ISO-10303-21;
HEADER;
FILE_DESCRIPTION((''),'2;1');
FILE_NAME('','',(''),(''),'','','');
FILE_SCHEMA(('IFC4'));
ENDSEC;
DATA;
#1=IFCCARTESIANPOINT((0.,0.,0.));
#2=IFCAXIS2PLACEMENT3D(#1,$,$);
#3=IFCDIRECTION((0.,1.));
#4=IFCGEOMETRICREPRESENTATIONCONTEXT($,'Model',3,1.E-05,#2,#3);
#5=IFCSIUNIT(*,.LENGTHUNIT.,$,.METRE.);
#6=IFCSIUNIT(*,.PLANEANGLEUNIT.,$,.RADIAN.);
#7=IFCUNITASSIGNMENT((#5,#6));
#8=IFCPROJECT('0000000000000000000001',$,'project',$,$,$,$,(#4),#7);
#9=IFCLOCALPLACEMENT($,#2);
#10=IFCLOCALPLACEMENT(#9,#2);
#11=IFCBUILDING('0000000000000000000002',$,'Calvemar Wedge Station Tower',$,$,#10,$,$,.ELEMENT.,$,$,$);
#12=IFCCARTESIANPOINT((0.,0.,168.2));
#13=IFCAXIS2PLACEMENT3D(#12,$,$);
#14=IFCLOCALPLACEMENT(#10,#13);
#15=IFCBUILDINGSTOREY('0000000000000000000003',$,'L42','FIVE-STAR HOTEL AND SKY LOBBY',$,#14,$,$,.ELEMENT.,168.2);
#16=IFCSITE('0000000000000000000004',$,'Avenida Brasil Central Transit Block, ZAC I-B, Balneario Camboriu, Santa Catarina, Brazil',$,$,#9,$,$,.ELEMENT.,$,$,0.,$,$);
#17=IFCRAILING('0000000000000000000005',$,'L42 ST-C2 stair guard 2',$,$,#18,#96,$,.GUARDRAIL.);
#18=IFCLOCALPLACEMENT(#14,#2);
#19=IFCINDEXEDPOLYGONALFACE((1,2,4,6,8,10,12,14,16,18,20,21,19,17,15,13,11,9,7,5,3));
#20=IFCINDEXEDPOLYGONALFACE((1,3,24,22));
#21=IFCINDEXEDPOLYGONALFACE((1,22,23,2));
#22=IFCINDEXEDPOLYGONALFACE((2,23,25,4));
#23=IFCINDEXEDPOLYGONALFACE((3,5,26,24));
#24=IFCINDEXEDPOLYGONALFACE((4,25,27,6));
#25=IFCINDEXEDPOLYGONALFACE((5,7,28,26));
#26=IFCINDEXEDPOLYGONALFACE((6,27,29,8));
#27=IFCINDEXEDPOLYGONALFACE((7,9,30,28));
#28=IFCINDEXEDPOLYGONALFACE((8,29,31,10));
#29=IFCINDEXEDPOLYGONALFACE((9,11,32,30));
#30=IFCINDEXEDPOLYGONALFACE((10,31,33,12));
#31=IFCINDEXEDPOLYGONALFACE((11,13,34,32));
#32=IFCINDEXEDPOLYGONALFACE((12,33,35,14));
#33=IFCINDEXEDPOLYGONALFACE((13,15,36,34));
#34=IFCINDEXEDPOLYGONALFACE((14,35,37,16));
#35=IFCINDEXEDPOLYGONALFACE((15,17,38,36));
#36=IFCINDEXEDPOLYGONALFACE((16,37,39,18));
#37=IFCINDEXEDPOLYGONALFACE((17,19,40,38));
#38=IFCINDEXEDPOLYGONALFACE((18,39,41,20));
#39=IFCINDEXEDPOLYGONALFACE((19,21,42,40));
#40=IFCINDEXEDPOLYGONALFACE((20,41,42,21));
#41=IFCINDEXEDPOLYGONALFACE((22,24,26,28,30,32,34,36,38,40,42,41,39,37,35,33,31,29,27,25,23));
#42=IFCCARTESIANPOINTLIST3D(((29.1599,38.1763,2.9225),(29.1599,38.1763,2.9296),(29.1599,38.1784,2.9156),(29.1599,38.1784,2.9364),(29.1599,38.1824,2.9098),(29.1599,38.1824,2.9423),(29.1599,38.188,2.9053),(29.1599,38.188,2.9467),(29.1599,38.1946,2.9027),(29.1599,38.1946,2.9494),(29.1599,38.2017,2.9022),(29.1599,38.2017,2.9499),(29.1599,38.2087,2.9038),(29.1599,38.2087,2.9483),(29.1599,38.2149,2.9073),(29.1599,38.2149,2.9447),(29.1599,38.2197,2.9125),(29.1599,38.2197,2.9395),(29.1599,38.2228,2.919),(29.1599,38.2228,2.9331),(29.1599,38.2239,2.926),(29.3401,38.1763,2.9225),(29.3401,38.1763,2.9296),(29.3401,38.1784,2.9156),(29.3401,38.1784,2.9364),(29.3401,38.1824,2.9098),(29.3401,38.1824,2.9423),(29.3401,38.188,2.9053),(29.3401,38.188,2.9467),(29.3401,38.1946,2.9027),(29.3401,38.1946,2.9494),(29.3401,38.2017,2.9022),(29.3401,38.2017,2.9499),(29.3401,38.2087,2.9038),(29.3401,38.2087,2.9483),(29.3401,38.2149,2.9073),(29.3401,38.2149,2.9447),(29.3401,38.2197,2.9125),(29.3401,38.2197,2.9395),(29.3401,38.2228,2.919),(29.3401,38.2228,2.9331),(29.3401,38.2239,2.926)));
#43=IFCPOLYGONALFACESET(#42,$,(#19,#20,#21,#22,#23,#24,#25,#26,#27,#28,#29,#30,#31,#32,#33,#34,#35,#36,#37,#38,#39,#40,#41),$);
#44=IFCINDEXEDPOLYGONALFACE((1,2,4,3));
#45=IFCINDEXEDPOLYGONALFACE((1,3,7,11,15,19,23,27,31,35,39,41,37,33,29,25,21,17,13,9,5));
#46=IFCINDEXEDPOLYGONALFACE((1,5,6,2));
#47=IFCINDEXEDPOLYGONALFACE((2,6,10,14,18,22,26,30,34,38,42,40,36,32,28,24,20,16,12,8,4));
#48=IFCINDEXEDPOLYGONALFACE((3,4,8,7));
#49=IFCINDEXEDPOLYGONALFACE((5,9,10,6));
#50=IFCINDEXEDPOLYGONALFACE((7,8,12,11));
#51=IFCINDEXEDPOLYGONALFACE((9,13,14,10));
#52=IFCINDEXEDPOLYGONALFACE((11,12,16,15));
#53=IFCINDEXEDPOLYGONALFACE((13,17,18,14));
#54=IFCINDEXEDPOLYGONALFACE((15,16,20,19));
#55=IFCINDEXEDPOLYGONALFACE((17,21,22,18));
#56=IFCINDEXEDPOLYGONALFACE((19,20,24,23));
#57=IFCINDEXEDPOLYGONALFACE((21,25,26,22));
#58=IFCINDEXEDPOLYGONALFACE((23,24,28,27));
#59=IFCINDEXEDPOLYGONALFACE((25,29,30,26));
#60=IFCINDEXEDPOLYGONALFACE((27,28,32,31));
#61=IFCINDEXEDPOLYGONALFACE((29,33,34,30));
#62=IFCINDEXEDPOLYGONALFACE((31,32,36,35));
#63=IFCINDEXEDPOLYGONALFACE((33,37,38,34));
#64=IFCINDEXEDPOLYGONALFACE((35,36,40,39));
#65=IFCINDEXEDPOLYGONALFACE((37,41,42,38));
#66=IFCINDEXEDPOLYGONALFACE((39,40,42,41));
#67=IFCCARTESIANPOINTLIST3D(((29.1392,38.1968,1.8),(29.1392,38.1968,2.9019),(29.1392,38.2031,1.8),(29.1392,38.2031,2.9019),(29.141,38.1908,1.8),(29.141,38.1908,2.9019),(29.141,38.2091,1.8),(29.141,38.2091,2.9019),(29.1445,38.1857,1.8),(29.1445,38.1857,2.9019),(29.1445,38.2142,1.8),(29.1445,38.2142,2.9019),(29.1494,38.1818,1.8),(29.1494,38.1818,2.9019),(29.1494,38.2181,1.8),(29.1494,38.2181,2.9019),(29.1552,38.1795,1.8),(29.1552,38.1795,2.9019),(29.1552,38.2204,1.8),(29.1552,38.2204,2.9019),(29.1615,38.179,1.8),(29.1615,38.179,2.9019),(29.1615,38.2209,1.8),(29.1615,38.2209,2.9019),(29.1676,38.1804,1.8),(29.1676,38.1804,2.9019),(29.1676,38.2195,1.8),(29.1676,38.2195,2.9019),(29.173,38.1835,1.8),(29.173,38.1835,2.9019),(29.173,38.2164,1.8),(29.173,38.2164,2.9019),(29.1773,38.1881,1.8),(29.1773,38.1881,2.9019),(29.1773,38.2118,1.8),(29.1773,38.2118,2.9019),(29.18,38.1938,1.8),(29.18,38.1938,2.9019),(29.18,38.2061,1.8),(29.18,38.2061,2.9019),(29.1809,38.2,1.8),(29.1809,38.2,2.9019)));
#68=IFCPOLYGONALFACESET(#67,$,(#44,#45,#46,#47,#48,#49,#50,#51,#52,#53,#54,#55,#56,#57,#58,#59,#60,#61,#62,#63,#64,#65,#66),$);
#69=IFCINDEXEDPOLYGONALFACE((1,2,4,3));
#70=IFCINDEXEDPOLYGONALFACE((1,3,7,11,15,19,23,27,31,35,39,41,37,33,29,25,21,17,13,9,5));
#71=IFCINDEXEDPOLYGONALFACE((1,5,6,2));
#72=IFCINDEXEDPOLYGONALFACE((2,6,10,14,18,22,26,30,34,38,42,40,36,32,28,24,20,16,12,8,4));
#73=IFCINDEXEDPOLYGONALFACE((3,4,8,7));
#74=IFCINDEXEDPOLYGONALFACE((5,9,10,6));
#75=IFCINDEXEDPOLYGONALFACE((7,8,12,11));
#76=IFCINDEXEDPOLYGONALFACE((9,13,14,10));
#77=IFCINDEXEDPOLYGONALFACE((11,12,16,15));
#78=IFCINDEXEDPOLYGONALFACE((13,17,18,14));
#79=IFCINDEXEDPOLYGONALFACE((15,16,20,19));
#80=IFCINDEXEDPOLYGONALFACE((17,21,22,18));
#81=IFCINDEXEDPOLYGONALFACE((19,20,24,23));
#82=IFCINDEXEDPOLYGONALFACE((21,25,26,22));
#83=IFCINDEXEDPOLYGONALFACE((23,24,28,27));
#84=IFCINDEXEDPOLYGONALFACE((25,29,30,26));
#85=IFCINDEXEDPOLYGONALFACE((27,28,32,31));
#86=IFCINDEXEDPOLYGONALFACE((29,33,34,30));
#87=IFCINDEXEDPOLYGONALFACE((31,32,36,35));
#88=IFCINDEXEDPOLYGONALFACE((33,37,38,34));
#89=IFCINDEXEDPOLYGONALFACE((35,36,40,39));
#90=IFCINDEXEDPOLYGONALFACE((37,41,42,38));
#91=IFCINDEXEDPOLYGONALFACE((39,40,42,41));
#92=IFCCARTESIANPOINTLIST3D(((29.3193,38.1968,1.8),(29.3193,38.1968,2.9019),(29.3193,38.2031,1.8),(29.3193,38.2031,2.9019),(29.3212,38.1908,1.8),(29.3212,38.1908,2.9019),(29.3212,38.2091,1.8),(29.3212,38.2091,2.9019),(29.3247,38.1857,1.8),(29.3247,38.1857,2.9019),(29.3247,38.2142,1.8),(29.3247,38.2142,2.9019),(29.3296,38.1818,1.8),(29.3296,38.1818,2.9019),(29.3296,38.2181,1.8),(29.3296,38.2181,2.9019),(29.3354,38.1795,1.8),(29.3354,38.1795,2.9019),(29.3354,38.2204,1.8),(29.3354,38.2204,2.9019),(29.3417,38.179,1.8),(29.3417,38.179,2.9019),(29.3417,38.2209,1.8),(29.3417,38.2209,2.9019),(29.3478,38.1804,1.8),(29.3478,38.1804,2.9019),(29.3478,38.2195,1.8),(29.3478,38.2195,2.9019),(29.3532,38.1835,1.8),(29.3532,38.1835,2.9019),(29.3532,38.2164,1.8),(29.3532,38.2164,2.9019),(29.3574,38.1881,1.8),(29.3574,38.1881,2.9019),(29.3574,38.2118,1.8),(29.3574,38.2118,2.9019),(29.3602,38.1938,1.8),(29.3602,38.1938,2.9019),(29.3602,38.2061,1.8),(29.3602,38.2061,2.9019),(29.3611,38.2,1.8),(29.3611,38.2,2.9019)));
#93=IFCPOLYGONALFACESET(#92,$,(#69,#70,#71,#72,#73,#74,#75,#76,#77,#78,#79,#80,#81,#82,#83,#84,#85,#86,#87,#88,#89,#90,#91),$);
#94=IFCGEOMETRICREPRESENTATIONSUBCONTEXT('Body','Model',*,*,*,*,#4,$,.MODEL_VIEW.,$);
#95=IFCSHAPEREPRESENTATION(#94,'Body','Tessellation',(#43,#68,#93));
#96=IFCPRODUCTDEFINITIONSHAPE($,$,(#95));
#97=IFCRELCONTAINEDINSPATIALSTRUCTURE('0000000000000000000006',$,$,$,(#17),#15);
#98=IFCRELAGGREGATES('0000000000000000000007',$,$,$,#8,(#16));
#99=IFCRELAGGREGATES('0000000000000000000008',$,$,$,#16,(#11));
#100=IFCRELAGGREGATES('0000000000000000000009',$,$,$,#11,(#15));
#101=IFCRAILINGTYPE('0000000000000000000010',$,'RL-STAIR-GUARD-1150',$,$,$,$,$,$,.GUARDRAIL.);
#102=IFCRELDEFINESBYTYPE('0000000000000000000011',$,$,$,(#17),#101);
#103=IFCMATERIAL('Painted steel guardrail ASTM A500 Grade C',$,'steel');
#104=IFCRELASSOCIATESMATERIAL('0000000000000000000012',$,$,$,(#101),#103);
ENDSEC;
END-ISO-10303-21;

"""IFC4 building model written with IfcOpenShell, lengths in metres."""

from ifc_helpers import new_model, si_unit, direction, frame, origin, origin_2d, place, context, subcontext, project, spatial, circle, extrude, material, type_object, element, save


model = new_model("IFC4")

# Units and contexts
model_context = context("Model", 3, precision=1e-05, world=origin(), true_north=direction((0.0, 1.0)))
body_context = subcontext(model_context, "Body", "Model", "MODEL_VIEW")
ifc_project = project(units=[si_unit("LENGTHUNIT", "METRE"), si_unit("PLANEANGLEUNIT", "RADIAN")], contexts=[model_context])

# Site, building, storey
site_placement = place(None, origin())
site = spatial("IfcSite", under=ifc_project, at=site_placement, Name="Avenida Brasil Central Transit Block, ZAC I-B, Balneario Camboriu, Santa Catarina, Brazil", CompositionType="ELEMENT", RefElevation=0.0)
building_placement = place(site_placement, origin())
building = spatial("IfcBuilding", under=site, at=building_placement, Name="Calvemar Wedge Station Tower", CompositionType="ELEMENT")
storey_placement = place(building_placement, frame((0.0, 0.0, 168.2)))
storey = spatial("IfcBuildingStorey", under=building, at=storey_placement, Name="L42", Description="FIVE-STAR HOTEL AND SKY LOBBY", CompositionType="ELEMENT", Elevation=168.2)

# Railing
ifc_material_1 = material(Name="Painted steel guardrail ASTM A500 Grade C", Category="steel")
railing_type_1 = type_object("IfcRailingType", Name="RL-STAIR-GUARD-1150", PredefinedType="GUARDRAIL", material=ifc_material_1)
railing_1_placement = place(storey_placement, frame((29.1599, 38.2, 1.8)))
element("IfcRailing", 1, at=railing_1_placement, inside=storey, type_object=railing_type_1, Name="L42 ST-C2 stair guard 2", PredefinedType="GUARDRAIL", context=body_context, shape_type="SweptSolid", body=[
    extrude(circle(Radius=0.0239, at=origin_2d()), frame((0.0, 0.0, 1.126), z_axis=(1.0, 0.0, 0.0), x_axis=(0.0, 1.0, 0.0)), (0.0, 0.0, 1.0), 0.1802),
    extrude(circle(Radius=0.021, at=origin_2d()), origin(), (0.0, 0.0, 1.0), 1.1018),
    extrude(circle(Radius=0.021, at=origin_2d()), frame((0.1802, 0.0, 0.0)), (0.0, 0.0, 1.0), 1.1018),
])

save(model, "model.ifc")
